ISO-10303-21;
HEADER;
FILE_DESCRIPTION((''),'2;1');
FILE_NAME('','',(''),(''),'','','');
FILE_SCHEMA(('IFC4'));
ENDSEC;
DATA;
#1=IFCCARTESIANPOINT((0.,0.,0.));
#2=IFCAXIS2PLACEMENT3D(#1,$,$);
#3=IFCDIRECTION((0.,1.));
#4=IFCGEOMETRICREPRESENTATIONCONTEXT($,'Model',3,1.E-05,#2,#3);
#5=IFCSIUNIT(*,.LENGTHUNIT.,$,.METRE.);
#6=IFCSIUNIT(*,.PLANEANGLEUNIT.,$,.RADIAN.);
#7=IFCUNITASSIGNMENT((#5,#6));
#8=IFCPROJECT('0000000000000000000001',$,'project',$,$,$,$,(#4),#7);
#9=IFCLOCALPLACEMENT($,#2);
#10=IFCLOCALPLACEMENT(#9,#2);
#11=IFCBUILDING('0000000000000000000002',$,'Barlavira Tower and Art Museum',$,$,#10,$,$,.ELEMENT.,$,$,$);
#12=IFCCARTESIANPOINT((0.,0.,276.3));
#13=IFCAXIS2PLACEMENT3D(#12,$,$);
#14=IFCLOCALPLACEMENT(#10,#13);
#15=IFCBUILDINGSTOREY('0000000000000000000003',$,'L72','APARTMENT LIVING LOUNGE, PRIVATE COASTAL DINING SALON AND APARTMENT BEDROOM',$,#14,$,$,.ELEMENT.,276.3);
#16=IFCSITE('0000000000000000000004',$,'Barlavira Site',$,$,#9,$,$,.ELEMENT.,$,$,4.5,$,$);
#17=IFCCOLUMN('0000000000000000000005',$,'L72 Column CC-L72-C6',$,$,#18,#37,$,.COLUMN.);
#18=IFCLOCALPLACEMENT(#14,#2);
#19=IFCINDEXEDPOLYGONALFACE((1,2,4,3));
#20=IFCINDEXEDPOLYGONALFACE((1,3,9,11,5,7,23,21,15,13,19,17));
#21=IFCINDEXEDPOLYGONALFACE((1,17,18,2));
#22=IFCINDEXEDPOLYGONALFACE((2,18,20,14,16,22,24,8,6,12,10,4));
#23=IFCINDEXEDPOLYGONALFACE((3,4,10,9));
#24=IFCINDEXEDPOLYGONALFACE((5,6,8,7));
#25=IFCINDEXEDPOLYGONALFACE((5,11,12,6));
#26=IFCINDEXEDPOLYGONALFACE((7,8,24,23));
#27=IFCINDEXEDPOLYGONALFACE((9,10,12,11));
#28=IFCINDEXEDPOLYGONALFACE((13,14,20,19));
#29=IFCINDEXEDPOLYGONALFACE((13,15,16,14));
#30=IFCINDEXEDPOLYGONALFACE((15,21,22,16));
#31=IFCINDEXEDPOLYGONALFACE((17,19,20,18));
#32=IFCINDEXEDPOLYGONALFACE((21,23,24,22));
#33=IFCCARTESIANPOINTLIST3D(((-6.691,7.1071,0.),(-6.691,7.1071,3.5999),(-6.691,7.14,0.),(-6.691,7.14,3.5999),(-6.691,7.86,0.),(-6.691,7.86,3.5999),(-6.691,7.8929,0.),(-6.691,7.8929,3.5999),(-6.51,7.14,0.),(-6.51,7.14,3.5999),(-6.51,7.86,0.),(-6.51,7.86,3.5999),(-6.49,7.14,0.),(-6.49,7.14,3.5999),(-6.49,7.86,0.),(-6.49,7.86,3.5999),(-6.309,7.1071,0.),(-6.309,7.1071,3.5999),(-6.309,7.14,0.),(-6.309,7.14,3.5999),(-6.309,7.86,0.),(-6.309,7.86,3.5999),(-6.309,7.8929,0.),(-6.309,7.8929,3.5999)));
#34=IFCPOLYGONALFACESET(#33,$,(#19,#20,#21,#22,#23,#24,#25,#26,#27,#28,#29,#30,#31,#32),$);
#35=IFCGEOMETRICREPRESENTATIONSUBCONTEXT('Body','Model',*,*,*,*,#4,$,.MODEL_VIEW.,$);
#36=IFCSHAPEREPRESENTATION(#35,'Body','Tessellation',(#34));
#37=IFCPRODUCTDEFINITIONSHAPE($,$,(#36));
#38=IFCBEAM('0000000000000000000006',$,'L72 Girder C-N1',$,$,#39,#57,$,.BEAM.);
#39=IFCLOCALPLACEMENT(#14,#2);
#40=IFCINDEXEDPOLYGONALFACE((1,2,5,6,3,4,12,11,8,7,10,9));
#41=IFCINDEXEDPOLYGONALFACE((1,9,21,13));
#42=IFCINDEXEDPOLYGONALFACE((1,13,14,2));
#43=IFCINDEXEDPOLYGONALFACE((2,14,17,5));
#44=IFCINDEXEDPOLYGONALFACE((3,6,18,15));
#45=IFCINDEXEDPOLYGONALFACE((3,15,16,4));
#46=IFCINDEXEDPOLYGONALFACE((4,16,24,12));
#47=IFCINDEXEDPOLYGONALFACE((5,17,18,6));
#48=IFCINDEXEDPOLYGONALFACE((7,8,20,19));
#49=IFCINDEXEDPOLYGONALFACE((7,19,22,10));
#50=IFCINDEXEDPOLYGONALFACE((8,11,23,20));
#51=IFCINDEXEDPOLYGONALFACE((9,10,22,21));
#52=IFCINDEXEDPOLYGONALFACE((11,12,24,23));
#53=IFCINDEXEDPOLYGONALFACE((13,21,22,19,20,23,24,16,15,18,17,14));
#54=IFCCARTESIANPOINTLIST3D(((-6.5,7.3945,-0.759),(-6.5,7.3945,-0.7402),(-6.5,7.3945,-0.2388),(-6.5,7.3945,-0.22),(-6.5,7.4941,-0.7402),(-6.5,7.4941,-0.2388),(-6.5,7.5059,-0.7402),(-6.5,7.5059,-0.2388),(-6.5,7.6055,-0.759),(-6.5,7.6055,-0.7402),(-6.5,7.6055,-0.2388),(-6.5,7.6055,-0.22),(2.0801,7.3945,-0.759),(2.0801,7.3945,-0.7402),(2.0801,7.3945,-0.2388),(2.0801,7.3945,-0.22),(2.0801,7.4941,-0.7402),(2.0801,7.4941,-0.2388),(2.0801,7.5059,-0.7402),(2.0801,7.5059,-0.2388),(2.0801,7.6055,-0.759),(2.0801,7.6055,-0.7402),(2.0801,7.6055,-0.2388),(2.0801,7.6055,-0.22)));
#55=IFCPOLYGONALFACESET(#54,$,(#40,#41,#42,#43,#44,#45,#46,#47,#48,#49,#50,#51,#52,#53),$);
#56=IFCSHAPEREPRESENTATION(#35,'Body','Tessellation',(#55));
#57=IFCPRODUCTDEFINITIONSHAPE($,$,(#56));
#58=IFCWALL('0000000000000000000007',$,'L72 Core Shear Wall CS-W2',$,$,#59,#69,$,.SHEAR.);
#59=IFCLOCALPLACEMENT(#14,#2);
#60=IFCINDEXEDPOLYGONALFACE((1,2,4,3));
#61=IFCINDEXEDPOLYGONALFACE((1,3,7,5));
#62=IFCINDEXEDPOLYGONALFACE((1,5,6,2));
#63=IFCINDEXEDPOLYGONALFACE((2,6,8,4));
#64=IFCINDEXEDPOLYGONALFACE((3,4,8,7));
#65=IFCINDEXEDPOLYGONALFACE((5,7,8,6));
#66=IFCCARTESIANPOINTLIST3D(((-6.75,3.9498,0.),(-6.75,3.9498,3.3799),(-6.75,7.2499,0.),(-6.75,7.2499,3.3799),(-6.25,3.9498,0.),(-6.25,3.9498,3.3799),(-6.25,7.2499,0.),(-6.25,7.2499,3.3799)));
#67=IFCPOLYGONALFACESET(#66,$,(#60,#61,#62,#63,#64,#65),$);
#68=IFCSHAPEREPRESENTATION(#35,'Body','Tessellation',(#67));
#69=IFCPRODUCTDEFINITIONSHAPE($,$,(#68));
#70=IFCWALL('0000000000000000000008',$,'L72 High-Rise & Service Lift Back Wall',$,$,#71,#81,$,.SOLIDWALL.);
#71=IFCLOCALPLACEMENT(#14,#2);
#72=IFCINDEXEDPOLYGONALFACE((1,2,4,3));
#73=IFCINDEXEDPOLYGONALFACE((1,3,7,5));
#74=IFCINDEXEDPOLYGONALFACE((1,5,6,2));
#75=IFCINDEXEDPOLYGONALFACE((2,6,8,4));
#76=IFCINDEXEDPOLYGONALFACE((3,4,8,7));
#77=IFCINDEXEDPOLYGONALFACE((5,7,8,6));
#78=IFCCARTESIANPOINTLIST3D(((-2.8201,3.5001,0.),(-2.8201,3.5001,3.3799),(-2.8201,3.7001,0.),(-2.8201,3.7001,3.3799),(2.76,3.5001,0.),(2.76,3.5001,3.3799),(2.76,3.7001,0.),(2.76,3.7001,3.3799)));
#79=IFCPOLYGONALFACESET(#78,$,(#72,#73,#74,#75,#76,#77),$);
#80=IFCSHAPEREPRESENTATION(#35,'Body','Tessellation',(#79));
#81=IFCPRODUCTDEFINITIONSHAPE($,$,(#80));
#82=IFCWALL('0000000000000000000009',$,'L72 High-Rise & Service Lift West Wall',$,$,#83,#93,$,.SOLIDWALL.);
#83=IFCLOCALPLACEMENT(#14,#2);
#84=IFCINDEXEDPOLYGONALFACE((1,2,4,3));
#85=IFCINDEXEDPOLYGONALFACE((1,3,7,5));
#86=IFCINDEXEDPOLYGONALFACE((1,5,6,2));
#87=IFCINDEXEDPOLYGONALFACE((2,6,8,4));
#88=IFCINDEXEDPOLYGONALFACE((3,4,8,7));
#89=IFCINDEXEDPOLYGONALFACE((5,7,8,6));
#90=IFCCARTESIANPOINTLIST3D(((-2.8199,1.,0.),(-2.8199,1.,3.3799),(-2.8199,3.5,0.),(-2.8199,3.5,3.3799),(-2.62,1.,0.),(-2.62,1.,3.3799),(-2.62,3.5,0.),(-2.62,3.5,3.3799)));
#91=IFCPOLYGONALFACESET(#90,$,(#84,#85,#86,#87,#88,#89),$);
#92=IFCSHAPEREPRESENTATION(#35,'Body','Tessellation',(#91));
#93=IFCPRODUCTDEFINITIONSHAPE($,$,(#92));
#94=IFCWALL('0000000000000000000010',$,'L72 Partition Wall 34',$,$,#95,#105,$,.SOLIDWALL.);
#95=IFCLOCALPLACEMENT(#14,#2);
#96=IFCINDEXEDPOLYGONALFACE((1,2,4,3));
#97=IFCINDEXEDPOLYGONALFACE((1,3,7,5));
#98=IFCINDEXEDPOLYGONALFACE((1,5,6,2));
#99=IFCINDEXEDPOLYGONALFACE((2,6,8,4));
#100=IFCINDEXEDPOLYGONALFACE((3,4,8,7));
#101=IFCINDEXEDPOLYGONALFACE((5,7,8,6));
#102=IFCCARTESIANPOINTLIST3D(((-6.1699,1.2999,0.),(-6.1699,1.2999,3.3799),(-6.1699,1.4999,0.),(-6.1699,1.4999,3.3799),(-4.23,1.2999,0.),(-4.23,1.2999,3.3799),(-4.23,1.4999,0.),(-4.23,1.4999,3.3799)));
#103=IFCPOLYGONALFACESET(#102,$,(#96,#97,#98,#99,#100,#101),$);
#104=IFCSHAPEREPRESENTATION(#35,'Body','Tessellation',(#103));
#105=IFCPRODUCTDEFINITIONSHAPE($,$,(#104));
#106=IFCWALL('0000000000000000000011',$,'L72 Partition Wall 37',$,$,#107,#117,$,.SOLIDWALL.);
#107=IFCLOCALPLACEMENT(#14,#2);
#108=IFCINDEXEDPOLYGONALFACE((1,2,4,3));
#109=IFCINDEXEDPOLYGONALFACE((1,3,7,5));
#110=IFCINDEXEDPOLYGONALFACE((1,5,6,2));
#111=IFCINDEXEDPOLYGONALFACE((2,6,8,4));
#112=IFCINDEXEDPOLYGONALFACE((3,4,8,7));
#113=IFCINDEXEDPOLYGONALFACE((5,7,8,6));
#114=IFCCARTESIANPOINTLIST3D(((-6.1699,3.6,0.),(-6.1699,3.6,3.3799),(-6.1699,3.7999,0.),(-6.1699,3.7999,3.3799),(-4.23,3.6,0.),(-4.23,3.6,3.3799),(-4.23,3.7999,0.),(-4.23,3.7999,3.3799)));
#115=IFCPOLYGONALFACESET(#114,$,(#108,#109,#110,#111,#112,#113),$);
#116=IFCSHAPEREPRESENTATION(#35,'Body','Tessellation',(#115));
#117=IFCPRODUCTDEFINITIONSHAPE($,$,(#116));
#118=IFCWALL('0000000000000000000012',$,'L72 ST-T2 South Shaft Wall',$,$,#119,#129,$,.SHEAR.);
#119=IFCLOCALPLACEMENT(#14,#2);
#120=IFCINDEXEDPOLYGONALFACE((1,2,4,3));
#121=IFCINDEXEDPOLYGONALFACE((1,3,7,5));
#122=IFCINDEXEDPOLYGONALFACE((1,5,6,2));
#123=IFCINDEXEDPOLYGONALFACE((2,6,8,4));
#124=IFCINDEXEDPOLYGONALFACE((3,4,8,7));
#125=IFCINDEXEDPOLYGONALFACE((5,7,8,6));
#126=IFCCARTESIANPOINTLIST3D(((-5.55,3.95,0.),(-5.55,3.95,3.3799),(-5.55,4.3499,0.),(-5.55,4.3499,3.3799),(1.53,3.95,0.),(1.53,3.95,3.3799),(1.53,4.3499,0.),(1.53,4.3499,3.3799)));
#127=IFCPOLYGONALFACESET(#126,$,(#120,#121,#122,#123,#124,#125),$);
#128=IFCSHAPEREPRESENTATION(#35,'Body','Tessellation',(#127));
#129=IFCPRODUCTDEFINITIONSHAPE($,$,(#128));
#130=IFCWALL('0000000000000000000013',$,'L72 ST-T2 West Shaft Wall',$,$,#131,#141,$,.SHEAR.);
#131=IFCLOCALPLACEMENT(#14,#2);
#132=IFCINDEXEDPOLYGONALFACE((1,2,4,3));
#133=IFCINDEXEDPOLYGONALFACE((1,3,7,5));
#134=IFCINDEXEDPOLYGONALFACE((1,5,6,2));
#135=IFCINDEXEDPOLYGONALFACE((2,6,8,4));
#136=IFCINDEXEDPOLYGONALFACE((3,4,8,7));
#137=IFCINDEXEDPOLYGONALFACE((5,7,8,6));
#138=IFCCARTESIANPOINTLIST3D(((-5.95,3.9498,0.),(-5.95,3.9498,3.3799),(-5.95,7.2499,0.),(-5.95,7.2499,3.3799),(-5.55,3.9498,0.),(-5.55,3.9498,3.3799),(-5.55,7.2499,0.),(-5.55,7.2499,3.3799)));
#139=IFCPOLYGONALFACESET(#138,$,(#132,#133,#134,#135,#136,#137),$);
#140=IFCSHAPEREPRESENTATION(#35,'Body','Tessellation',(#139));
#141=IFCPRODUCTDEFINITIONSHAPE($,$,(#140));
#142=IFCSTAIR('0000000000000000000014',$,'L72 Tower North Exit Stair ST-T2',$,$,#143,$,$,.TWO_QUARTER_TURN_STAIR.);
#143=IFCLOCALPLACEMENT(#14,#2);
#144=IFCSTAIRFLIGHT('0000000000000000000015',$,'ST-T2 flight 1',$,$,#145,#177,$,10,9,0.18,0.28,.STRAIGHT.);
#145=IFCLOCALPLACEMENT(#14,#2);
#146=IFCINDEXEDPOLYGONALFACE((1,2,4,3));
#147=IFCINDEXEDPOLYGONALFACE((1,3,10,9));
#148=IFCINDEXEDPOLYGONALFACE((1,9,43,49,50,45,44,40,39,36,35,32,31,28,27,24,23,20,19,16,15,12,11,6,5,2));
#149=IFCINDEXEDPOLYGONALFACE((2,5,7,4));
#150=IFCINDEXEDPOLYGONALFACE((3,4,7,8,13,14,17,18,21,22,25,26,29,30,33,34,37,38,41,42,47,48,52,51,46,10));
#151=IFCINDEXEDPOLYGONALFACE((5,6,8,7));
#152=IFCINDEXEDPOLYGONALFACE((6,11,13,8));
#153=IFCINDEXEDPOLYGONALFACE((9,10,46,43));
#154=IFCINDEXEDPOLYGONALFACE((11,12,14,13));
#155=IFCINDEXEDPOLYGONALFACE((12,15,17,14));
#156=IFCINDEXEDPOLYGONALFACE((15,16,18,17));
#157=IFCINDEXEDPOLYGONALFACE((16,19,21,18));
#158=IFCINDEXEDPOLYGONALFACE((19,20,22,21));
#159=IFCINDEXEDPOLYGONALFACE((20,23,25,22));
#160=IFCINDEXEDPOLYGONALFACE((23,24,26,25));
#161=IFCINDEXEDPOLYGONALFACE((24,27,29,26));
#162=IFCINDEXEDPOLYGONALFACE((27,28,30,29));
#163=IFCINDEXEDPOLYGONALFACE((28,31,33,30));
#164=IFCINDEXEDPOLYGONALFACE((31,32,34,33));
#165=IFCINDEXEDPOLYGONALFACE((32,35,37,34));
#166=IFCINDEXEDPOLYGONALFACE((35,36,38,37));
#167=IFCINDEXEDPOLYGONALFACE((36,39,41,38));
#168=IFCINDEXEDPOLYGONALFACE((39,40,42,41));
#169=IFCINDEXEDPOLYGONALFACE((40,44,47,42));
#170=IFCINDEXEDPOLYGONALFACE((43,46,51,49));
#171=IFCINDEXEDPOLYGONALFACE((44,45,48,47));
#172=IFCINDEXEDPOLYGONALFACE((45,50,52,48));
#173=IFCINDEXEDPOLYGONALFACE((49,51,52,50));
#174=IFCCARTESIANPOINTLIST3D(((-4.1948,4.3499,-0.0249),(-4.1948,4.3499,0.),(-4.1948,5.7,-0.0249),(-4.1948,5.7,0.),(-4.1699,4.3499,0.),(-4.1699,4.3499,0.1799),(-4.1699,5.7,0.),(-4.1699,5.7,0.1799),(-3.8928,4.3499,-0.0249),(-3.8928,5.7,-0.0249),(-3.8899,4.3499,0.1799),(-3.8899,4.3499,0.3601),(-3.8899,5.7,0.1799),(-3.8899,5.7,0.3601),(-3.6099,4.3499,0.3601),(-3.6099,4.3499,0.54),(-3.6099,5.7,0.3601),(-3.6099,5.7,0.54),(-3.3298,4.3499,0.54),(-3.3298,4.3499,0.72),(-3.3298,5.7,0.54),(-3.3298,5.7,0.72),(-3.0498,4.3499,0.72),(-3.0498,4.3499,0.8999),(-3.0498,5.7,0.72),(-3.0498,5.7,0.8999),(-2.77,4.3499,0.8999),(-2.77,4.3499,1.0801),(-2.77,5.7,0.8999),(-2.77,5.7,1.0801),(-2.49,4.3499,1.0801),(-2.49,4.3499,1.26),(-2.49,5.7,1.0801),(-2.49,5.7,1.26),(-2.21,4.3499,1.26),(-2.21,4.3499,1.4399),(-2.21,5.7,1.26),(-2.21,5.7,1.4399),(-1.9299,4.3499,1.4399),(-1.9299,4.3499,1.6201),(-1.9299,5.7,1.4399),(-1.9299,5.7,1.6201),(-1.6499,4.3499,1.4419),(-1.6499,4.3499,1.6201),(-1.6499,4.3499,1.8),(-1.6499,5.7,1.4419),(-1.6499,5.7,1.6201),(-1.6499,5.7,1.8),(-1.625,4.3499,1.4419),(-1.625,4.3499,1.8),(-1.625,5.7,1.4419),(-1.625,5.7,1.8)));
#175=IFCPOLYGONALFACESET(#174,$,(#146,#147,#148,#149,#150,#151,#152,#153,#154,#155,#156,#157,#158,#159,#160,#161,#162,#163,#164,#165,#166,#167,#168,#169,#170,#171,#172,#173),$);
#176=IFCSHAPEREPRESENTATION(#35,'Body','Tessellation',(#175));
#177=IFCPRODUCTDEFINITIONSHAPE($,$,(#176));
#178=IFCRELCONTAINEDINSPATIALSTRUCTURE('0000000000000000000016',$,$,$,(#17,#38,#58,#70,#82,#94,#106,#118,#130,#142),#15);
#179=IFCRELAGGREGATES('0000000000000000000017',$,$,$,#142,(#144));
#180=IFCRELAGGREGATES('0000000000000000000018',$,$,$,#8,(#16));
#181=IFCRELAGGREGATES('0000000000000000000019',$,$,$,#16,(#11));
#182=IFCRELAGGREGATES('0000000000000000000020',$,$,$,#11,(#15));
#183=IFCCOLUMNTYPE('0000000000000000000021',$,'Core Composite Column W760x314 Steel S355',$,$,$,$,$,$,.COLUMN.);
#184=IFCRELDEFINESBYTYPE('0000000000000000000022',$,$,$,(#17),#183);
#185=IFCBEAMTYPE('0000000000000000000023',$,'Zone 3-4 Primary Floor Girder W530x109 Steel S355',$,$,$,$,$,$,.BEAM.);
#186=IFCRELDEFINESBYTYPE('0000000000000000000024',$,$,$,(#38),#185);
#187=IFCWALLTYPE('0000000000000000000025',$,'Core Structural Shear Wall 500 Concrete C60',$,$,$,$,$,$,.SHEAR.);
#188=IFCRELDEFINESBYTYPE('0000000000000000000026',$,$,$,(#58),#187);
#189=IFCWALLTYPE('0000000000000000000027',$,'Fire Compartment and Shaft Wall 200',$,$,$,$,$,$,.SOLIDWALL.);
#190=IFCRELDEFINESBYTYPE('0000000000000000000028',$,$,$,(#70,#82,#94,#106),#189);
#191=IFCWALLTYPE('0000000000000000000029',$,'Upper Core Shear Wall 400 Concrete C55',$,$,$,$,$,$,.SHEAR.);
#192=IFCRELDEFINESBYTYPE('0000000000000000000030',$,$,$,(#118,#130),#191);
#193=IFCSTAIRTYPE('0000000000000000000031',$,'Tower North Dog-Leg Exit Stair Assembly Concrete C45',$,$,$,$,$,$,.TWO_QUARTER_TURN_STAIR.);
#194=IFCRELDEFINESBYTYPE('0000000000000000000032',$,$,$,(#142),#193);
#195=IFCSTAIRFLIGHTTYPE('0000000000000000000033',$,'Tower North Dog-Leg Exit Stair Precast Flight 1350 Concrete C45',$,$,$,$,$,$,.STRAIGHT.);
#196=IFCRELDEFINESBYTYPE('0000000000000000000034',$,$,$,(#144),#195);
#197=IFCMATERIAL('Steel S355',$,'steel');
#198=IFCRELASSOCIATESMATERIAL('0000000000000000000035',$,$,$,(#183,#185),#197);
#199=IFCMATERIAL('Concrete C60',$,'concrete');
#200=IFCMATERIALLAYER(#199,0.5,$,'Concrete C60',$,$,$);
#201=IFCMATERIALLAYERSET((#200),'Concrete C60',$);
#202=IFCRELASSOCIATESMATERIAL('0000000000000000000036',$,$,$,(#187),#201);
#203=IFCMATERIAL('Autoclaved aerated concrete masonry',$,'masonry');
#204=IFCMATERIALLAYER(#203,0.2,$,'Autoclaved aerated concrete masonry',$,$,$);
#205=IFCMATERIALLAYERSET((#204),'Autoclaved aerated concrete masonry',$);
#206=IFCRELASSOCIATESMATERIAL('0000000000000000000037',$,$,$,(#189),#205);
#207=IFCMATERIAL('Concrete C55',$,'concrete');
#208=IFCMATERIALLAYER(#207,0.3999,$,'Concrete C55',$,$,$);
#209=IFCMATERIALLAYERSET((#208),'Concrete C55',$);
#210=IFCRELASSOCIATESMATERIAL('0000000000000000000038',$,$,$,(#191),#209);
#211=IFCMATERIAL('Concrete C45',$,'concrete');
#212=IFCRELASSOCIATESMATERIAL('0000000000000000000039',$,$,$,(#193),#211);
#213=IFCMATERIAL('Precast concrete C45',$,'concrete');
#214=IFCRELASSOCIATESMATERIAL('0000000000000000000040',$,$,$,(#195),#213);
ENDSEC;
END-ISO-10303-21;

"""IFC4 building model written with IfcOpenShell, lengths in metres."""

from ifc_helpers import new_model, si_unit, direction, frame, frame_2d, origin, origin_2d, place, context, subcontext, project, spatial, polyline, rectangle, i_section, outline, extrude, material, layer, layer_set, material_profile, profile_set, type_object, element, aggregate, save


model = new_model("IFC4")

# Units and contexts
model_context = context("Model", 3, precision=1e-05, world=origin(), true_north=direction((0.0, 1.0)))
body_context = subcontext(model_context, "Body", "Model", "MODEL_VIEW")
ifc_project = project(units=[si_unit("LENGTHUNIT", "METRE"), si_unit("PLANEANGLEUNIT", "RADIAN")], contexts=[model_context])

# Site, building, storey
site_placement = place(None, origin())
site = spatial("IfcSite", under=ifc_project, at=site_placement, Name="Barlavira Site", CompositionType="ELEMENT", RefElevation=4.5)
building_placement = place(site_placement, origin())
building = spatial("IfcBuilding", under=site, at=building_placement, Name="Barlavira Tower and Art Museum", CompositionType="ELEMENT")
storey_placement = place(building_placement, frame((0.0, 0.0, 276.3)))
storey = spatial("IfcBuildingStorey", under=building, at=storey_placement, Name="L72", Description="APARTMENT LIVING LOUNGE, PRIVATE COASTAL DINING SALON AND APARTMENT BEDROOM", CompositionType="ELEMENT", Elevation=276.3)

# Column
ifc_material_1 = material(Name="Steel S355", Category="steel")
ifc_material_profile_1 = material_profile(ifc_material_1, i_section(OverallWidth=0.3821, OverallDepth=0.7859, WebThickness=0.02, FlangeThickness=0.033, at=origin_2d()), Name="W760x314.0")
ifc_profile_set_1 = profile_set([ifc_material_profile_1], Name="Steel S355")
column_type = type_object("IfcColumnType", Name="Core Composite Column W760x314 Steel S355", PredefinedType="COLUMN", material=ifc_profile_set_1)
column_placement = place(storey_placement, frame((-6.5, 7.5, 0.0), z_axis=(0.0, 0.0, 1.0), x_axis=(1.0, 0.0, 0.0)))
element("IfcColumn", 1, at=column_placement, inside=storey, type_object=column_type, Name="L72 Column CC-L72-C6", PredefinedType="COLUMN", context=body_context, shape_type="SweptSolid", body=[
    extrude(i_section(OverallWidth=0.3821, OverallDepth=0.7859, WebThickness=0.02, FlangeThickness=0.033, at=origin_2d()), origin(), (0.0, 0.0, 1.0), 3.5999),
])

# Beam
ifc_material_profile_2 = material_profile(ifc_material_1, i_section(OverallWidth=0.2109, OverallDepth=0.5391, WebThickness=0.0117, FlangeThickness=0.0188, at=origin_2d()), Name="W530x109.0")
ifc_profile_set_2 = profile_set([ifc_material_profile_2], Name="Steel S355")
beam_type = type_object("IfcBeamType", Name="Zone 3-4 Primary Floor Girder W530x109 Steel S355", PredefinedType="BEAM", material=ifc_profile_set_2)
beam_placement = place(storey_placement, frame((-6.5, 7.5, -0.4895), z_axis=(1.0, 0.0, 0.0), x_axis=(0.0, 1.0, 0.0)))
element("IfcBeam", 2, at=beam_placement, inside=storey, type_object=beam_type, Name="L72 Girder C-N1", PredefinedType="BEAM", context=body_context, shape_type="SweptSolid", body=[
    extrude(i_section(OverallWidth=0.2109, OverallDepth=0.5391, WebThickness=0.0117, FlangeThickness=0.0188, at=origin_2d()), origin(), (0.0, 0.0, 1.0), 8.5801),
])

# Wall
ifc_material_2 = material(Name="Concrete C60", Category="concrete")
ifc_layer_1 = layer(ifc_material_2, 0.5, Name="Concrete C60")
ifc_layer_set_1 = layer_set([ifc_layer_1], Name="Concrete C60")
wall_type_1 = type_object("IfcWallType", Name="Core Structural Shear Wall 500 Concrete C60", PredefinedType="SHEAR", material=ifc_layer_set_1)
wall_1_placement = place(storey_placement, frame((-6.5, 3.95, 0.0), z_axis=(0.0, 0.0, 1.0), x_axis=(0.0, 1.0, 0.0)))
element("IfcWall", 3, at=wall_1_placement, inside=storey, type_object=wall_type_1, Name="L72 Core Shear Wall CS-W2", PredefinedType="SHEAR", context=body_context, shape_type="SweptSolid", body=[
    extrude(rectangle(XDim=3.3, YDim=0.5, at=frame_2d((1.6499, 0.0))), origin(), (0.0, 0.0, 1.0), 3.3799),
])

# Shared definitions
ifc_material_3 = material(Name="Autoclaved aerated concrete masonry", Category="masonry")
ifc_layer_2 = layer(ifc_material_3, 0.2, Name="Autoclaved aerated concrete masonry")
ifc_layer_set_2 = layer_set([ifc_layer_2], Name="Autoclaved aerated concrete masonry")
wall_type_2 = type_object("IfcWallType", Name="Fire Compartment and Shaft Wall 200", PredefinedType="SOLIDWALL", material=ifc_layer_set_2)

# Walls
wall_2_placement = place(storey_placement, frame((-2.8201, 3.6001, 0.0), z_axis=(0.0, 0.0, 1.0), x_axis=(1.0, 0.0, 0.0)))
element("IfcWall", 4, at=wall_2_placement, inside=storey, type_object=wall_type_2, Name="L72 High-Rise & Service Lift Back Wall", PredefinedType="SOLIDWALL", context=body_context, shape_type="SweptSolid", body=[
    extrude(rectangle(XDim=5.5801, YDim=0.2, at=frame_2d((2.79, 0.0))), origin(), (0.0, 0.0, 1.0), 3.3799),
])
wall_3_placement = place(storey_placement, frame((-2.72, 1.0, 0.0), z_axis=(0.0, 0.0, 1.0), x_axis=(0.0, 1.0, 0.0)))
element("IfcWall", 5, at=wall_3_placement, inside=storey, type_object=wall_type_2, Name="L72 High-Rise & Service Lift West Wall", PredefinedType="SOLIDWALL", context=body_context, shape_type="SweptSolid", body=[
    extrude(rectangle(XDim=2.5, YDim=0.2, at=frame_2d((1.25, 0.0))), origin(), (0.0, 0.0, 1.0), 3.3799),
])
for number, where, z_axis, x_axis, name in (
    (6, (-6.1699, 1.3999, 0.0), (0.0, 0.0, 1.0), (1.0, 0.0, 0.0), "L72 Partition Wall 34"),
    (7, (-6.1699, 3.7, 0.0), (0.0, 0.0, 1.0), (1.0, 0.0, 0.0), "L72 Partition Wall 37"),
):
    element("IfcWall", number, at=place(storey_placement, frame(where, z_axis=z_axis, x_axis=x_axis)), inside=storey, type_object=wall_type_2, Name=name, PredefinedType="SOLIDWALL", context=body_context, shape_type="SweptSolid", body=[
        extrude(rectangle(XDim=1.9399, YDim=0.2, at=frame_2d((0.97, 0.0))), origin(), (0.0, 0.0, 1.0), 3.3799),
    ])
ifc_material_4 = material(Name="Concrete C55", Category="concrete")
ifc_layer_3 = layer(ifc_material_4, 0.3999, Name="Concrete C55")
ifc_layer_set_3 = layer_set([ifc_layer_3], Name="Concrete C55")
wall_type_3 = type_object("IfcWallType", Name="Upper Core Shear Wall 400 Concrete C55", PredefinedType="SHEAR", material=ifc_layer_set_3)
wall_4_placement = place(storey_placement, frame((-5.55, 4.1499, 0.0), z_axis=(0.0, 0.0, 1.0), x_axis=(1.0, 0.0, 0.0)))
element("IfcWall", 8, at=wall_4_placement, inside=storey, type_object=wall_type_3, Name="L72 ST-T2 South Shaft Wall", PredefinedType="SHEAR", context=body_context, shape_type="SweptSolid", body=[
    extrude(rectangle(XDim=7.0801, YDim=0.3999, at=frame_2d((3.54, 0.0))), origin(), (0.0, 0.0, 1.0), 3.3799),
])
wall_5_placement = place(storey_placement, frame((-5.75, 3.95, 0.0), z_axis=(0.0, 0.0, 1.0), x_axis=(0.0, 1.0, 0.0)))
element("IfcWall", 9, at=wall_5_placement, inside=storey, type_object=wall_type_3, Name="L72 ST-T2 West Shaft Wall", PredefinedType="SHEAR", context=body_context, shape_type="SweptSolid", body=[
    extrude(rectangle(XDim=3.3, YDim=0.3999, at=frame_2d((1.6499, 0.0))), origin(), (0.0, 0.0, 1.0), 3.3799),
])

# Stair, stair flight
ifc_material_5 = material(Name="Concrete C45", Category="concrete")
stair_type = type_object("IfcStairType", Name="Tower North Dog-Leg Exit Stair Assembly Concrete C45", PredefinedType="TWO_QUARTER_TURN_STAIR", material=ifc_material_5)
stair_placement = place(storey_placement, origin())
stair = element("IfcStair", 10, at=stair_placement, inside=storey, type_object=stair_type, Name="L72 Tower North Exit Stair ST-T2", PredefinedType="TWO_QUARTER_TURN_STAIR")
ifc_material_6 = material(Name="Precast concrete C45", Category="concrete")
stair_flight_type = type_object("IfcStairFlightType", Name="Tower North Dog-Leg Exit Stair Precast Flight 1350 Concrete C45", PredefinedType="STRAIGHT", material=ifc_material_6)
stair_flight_1_placement = place(storey_placement, frame((-4.1699, 5.0249, 0.0), z_axis=(0.0, 0.0, 1.0), x_axis=(1.0, 0.0, 0.0)))
stair_flight_1 = element("IfcStairFlight", 11, at=stair_flight_1_placement, type_object=stair_flight_type, Name="ST-T2 flight 1", NumberOfRisers=10, NumberOfTreads=9, PredefinedType="STRAIGHT", RiserHeight=0.18, TreadLength=0.28, context=body_context, shape_type="SweptSolid", body=[
    extrude(outline(polyline([(-0.0249, 0.0), (0.0, 0.0), (0.0, 0.1799), (0.28, 0.1799), (0.28, 0.3601), (0.5601, 0.3601), (0.5601, 0.54), (0.8401, 0.54), (0.8401, 0.72), (1.1201, 0.72), (1.1201, 0.8999), (1.3999, 0.8999), (1.3999, 1.0801), (1.6799, 1.0801), (1.6799, 1.26), (1.96, 1.26), (1.96, 1.4399), (2.24, 1.4399), (2.24, 1.6201), (2.52, 1.6201), (2.52, 1.8), (2.5449, 1.8), (2.5449, 1.4419), (2.52, 1.4419), (0.2771, -0.0249), (-0.0249, -0.0249), (-0.0249, 0.0)])), frame((0.0, 0.675, 0.0), z_axis=(0.0, -1.0, 0.0), x_axis=(1.0, 0.0, 0.0)), (0.0, 0.0, 1.0), 1.3501),
])
aggregate(stair, [stair_flight_1])

save(model, "model.ifc")
